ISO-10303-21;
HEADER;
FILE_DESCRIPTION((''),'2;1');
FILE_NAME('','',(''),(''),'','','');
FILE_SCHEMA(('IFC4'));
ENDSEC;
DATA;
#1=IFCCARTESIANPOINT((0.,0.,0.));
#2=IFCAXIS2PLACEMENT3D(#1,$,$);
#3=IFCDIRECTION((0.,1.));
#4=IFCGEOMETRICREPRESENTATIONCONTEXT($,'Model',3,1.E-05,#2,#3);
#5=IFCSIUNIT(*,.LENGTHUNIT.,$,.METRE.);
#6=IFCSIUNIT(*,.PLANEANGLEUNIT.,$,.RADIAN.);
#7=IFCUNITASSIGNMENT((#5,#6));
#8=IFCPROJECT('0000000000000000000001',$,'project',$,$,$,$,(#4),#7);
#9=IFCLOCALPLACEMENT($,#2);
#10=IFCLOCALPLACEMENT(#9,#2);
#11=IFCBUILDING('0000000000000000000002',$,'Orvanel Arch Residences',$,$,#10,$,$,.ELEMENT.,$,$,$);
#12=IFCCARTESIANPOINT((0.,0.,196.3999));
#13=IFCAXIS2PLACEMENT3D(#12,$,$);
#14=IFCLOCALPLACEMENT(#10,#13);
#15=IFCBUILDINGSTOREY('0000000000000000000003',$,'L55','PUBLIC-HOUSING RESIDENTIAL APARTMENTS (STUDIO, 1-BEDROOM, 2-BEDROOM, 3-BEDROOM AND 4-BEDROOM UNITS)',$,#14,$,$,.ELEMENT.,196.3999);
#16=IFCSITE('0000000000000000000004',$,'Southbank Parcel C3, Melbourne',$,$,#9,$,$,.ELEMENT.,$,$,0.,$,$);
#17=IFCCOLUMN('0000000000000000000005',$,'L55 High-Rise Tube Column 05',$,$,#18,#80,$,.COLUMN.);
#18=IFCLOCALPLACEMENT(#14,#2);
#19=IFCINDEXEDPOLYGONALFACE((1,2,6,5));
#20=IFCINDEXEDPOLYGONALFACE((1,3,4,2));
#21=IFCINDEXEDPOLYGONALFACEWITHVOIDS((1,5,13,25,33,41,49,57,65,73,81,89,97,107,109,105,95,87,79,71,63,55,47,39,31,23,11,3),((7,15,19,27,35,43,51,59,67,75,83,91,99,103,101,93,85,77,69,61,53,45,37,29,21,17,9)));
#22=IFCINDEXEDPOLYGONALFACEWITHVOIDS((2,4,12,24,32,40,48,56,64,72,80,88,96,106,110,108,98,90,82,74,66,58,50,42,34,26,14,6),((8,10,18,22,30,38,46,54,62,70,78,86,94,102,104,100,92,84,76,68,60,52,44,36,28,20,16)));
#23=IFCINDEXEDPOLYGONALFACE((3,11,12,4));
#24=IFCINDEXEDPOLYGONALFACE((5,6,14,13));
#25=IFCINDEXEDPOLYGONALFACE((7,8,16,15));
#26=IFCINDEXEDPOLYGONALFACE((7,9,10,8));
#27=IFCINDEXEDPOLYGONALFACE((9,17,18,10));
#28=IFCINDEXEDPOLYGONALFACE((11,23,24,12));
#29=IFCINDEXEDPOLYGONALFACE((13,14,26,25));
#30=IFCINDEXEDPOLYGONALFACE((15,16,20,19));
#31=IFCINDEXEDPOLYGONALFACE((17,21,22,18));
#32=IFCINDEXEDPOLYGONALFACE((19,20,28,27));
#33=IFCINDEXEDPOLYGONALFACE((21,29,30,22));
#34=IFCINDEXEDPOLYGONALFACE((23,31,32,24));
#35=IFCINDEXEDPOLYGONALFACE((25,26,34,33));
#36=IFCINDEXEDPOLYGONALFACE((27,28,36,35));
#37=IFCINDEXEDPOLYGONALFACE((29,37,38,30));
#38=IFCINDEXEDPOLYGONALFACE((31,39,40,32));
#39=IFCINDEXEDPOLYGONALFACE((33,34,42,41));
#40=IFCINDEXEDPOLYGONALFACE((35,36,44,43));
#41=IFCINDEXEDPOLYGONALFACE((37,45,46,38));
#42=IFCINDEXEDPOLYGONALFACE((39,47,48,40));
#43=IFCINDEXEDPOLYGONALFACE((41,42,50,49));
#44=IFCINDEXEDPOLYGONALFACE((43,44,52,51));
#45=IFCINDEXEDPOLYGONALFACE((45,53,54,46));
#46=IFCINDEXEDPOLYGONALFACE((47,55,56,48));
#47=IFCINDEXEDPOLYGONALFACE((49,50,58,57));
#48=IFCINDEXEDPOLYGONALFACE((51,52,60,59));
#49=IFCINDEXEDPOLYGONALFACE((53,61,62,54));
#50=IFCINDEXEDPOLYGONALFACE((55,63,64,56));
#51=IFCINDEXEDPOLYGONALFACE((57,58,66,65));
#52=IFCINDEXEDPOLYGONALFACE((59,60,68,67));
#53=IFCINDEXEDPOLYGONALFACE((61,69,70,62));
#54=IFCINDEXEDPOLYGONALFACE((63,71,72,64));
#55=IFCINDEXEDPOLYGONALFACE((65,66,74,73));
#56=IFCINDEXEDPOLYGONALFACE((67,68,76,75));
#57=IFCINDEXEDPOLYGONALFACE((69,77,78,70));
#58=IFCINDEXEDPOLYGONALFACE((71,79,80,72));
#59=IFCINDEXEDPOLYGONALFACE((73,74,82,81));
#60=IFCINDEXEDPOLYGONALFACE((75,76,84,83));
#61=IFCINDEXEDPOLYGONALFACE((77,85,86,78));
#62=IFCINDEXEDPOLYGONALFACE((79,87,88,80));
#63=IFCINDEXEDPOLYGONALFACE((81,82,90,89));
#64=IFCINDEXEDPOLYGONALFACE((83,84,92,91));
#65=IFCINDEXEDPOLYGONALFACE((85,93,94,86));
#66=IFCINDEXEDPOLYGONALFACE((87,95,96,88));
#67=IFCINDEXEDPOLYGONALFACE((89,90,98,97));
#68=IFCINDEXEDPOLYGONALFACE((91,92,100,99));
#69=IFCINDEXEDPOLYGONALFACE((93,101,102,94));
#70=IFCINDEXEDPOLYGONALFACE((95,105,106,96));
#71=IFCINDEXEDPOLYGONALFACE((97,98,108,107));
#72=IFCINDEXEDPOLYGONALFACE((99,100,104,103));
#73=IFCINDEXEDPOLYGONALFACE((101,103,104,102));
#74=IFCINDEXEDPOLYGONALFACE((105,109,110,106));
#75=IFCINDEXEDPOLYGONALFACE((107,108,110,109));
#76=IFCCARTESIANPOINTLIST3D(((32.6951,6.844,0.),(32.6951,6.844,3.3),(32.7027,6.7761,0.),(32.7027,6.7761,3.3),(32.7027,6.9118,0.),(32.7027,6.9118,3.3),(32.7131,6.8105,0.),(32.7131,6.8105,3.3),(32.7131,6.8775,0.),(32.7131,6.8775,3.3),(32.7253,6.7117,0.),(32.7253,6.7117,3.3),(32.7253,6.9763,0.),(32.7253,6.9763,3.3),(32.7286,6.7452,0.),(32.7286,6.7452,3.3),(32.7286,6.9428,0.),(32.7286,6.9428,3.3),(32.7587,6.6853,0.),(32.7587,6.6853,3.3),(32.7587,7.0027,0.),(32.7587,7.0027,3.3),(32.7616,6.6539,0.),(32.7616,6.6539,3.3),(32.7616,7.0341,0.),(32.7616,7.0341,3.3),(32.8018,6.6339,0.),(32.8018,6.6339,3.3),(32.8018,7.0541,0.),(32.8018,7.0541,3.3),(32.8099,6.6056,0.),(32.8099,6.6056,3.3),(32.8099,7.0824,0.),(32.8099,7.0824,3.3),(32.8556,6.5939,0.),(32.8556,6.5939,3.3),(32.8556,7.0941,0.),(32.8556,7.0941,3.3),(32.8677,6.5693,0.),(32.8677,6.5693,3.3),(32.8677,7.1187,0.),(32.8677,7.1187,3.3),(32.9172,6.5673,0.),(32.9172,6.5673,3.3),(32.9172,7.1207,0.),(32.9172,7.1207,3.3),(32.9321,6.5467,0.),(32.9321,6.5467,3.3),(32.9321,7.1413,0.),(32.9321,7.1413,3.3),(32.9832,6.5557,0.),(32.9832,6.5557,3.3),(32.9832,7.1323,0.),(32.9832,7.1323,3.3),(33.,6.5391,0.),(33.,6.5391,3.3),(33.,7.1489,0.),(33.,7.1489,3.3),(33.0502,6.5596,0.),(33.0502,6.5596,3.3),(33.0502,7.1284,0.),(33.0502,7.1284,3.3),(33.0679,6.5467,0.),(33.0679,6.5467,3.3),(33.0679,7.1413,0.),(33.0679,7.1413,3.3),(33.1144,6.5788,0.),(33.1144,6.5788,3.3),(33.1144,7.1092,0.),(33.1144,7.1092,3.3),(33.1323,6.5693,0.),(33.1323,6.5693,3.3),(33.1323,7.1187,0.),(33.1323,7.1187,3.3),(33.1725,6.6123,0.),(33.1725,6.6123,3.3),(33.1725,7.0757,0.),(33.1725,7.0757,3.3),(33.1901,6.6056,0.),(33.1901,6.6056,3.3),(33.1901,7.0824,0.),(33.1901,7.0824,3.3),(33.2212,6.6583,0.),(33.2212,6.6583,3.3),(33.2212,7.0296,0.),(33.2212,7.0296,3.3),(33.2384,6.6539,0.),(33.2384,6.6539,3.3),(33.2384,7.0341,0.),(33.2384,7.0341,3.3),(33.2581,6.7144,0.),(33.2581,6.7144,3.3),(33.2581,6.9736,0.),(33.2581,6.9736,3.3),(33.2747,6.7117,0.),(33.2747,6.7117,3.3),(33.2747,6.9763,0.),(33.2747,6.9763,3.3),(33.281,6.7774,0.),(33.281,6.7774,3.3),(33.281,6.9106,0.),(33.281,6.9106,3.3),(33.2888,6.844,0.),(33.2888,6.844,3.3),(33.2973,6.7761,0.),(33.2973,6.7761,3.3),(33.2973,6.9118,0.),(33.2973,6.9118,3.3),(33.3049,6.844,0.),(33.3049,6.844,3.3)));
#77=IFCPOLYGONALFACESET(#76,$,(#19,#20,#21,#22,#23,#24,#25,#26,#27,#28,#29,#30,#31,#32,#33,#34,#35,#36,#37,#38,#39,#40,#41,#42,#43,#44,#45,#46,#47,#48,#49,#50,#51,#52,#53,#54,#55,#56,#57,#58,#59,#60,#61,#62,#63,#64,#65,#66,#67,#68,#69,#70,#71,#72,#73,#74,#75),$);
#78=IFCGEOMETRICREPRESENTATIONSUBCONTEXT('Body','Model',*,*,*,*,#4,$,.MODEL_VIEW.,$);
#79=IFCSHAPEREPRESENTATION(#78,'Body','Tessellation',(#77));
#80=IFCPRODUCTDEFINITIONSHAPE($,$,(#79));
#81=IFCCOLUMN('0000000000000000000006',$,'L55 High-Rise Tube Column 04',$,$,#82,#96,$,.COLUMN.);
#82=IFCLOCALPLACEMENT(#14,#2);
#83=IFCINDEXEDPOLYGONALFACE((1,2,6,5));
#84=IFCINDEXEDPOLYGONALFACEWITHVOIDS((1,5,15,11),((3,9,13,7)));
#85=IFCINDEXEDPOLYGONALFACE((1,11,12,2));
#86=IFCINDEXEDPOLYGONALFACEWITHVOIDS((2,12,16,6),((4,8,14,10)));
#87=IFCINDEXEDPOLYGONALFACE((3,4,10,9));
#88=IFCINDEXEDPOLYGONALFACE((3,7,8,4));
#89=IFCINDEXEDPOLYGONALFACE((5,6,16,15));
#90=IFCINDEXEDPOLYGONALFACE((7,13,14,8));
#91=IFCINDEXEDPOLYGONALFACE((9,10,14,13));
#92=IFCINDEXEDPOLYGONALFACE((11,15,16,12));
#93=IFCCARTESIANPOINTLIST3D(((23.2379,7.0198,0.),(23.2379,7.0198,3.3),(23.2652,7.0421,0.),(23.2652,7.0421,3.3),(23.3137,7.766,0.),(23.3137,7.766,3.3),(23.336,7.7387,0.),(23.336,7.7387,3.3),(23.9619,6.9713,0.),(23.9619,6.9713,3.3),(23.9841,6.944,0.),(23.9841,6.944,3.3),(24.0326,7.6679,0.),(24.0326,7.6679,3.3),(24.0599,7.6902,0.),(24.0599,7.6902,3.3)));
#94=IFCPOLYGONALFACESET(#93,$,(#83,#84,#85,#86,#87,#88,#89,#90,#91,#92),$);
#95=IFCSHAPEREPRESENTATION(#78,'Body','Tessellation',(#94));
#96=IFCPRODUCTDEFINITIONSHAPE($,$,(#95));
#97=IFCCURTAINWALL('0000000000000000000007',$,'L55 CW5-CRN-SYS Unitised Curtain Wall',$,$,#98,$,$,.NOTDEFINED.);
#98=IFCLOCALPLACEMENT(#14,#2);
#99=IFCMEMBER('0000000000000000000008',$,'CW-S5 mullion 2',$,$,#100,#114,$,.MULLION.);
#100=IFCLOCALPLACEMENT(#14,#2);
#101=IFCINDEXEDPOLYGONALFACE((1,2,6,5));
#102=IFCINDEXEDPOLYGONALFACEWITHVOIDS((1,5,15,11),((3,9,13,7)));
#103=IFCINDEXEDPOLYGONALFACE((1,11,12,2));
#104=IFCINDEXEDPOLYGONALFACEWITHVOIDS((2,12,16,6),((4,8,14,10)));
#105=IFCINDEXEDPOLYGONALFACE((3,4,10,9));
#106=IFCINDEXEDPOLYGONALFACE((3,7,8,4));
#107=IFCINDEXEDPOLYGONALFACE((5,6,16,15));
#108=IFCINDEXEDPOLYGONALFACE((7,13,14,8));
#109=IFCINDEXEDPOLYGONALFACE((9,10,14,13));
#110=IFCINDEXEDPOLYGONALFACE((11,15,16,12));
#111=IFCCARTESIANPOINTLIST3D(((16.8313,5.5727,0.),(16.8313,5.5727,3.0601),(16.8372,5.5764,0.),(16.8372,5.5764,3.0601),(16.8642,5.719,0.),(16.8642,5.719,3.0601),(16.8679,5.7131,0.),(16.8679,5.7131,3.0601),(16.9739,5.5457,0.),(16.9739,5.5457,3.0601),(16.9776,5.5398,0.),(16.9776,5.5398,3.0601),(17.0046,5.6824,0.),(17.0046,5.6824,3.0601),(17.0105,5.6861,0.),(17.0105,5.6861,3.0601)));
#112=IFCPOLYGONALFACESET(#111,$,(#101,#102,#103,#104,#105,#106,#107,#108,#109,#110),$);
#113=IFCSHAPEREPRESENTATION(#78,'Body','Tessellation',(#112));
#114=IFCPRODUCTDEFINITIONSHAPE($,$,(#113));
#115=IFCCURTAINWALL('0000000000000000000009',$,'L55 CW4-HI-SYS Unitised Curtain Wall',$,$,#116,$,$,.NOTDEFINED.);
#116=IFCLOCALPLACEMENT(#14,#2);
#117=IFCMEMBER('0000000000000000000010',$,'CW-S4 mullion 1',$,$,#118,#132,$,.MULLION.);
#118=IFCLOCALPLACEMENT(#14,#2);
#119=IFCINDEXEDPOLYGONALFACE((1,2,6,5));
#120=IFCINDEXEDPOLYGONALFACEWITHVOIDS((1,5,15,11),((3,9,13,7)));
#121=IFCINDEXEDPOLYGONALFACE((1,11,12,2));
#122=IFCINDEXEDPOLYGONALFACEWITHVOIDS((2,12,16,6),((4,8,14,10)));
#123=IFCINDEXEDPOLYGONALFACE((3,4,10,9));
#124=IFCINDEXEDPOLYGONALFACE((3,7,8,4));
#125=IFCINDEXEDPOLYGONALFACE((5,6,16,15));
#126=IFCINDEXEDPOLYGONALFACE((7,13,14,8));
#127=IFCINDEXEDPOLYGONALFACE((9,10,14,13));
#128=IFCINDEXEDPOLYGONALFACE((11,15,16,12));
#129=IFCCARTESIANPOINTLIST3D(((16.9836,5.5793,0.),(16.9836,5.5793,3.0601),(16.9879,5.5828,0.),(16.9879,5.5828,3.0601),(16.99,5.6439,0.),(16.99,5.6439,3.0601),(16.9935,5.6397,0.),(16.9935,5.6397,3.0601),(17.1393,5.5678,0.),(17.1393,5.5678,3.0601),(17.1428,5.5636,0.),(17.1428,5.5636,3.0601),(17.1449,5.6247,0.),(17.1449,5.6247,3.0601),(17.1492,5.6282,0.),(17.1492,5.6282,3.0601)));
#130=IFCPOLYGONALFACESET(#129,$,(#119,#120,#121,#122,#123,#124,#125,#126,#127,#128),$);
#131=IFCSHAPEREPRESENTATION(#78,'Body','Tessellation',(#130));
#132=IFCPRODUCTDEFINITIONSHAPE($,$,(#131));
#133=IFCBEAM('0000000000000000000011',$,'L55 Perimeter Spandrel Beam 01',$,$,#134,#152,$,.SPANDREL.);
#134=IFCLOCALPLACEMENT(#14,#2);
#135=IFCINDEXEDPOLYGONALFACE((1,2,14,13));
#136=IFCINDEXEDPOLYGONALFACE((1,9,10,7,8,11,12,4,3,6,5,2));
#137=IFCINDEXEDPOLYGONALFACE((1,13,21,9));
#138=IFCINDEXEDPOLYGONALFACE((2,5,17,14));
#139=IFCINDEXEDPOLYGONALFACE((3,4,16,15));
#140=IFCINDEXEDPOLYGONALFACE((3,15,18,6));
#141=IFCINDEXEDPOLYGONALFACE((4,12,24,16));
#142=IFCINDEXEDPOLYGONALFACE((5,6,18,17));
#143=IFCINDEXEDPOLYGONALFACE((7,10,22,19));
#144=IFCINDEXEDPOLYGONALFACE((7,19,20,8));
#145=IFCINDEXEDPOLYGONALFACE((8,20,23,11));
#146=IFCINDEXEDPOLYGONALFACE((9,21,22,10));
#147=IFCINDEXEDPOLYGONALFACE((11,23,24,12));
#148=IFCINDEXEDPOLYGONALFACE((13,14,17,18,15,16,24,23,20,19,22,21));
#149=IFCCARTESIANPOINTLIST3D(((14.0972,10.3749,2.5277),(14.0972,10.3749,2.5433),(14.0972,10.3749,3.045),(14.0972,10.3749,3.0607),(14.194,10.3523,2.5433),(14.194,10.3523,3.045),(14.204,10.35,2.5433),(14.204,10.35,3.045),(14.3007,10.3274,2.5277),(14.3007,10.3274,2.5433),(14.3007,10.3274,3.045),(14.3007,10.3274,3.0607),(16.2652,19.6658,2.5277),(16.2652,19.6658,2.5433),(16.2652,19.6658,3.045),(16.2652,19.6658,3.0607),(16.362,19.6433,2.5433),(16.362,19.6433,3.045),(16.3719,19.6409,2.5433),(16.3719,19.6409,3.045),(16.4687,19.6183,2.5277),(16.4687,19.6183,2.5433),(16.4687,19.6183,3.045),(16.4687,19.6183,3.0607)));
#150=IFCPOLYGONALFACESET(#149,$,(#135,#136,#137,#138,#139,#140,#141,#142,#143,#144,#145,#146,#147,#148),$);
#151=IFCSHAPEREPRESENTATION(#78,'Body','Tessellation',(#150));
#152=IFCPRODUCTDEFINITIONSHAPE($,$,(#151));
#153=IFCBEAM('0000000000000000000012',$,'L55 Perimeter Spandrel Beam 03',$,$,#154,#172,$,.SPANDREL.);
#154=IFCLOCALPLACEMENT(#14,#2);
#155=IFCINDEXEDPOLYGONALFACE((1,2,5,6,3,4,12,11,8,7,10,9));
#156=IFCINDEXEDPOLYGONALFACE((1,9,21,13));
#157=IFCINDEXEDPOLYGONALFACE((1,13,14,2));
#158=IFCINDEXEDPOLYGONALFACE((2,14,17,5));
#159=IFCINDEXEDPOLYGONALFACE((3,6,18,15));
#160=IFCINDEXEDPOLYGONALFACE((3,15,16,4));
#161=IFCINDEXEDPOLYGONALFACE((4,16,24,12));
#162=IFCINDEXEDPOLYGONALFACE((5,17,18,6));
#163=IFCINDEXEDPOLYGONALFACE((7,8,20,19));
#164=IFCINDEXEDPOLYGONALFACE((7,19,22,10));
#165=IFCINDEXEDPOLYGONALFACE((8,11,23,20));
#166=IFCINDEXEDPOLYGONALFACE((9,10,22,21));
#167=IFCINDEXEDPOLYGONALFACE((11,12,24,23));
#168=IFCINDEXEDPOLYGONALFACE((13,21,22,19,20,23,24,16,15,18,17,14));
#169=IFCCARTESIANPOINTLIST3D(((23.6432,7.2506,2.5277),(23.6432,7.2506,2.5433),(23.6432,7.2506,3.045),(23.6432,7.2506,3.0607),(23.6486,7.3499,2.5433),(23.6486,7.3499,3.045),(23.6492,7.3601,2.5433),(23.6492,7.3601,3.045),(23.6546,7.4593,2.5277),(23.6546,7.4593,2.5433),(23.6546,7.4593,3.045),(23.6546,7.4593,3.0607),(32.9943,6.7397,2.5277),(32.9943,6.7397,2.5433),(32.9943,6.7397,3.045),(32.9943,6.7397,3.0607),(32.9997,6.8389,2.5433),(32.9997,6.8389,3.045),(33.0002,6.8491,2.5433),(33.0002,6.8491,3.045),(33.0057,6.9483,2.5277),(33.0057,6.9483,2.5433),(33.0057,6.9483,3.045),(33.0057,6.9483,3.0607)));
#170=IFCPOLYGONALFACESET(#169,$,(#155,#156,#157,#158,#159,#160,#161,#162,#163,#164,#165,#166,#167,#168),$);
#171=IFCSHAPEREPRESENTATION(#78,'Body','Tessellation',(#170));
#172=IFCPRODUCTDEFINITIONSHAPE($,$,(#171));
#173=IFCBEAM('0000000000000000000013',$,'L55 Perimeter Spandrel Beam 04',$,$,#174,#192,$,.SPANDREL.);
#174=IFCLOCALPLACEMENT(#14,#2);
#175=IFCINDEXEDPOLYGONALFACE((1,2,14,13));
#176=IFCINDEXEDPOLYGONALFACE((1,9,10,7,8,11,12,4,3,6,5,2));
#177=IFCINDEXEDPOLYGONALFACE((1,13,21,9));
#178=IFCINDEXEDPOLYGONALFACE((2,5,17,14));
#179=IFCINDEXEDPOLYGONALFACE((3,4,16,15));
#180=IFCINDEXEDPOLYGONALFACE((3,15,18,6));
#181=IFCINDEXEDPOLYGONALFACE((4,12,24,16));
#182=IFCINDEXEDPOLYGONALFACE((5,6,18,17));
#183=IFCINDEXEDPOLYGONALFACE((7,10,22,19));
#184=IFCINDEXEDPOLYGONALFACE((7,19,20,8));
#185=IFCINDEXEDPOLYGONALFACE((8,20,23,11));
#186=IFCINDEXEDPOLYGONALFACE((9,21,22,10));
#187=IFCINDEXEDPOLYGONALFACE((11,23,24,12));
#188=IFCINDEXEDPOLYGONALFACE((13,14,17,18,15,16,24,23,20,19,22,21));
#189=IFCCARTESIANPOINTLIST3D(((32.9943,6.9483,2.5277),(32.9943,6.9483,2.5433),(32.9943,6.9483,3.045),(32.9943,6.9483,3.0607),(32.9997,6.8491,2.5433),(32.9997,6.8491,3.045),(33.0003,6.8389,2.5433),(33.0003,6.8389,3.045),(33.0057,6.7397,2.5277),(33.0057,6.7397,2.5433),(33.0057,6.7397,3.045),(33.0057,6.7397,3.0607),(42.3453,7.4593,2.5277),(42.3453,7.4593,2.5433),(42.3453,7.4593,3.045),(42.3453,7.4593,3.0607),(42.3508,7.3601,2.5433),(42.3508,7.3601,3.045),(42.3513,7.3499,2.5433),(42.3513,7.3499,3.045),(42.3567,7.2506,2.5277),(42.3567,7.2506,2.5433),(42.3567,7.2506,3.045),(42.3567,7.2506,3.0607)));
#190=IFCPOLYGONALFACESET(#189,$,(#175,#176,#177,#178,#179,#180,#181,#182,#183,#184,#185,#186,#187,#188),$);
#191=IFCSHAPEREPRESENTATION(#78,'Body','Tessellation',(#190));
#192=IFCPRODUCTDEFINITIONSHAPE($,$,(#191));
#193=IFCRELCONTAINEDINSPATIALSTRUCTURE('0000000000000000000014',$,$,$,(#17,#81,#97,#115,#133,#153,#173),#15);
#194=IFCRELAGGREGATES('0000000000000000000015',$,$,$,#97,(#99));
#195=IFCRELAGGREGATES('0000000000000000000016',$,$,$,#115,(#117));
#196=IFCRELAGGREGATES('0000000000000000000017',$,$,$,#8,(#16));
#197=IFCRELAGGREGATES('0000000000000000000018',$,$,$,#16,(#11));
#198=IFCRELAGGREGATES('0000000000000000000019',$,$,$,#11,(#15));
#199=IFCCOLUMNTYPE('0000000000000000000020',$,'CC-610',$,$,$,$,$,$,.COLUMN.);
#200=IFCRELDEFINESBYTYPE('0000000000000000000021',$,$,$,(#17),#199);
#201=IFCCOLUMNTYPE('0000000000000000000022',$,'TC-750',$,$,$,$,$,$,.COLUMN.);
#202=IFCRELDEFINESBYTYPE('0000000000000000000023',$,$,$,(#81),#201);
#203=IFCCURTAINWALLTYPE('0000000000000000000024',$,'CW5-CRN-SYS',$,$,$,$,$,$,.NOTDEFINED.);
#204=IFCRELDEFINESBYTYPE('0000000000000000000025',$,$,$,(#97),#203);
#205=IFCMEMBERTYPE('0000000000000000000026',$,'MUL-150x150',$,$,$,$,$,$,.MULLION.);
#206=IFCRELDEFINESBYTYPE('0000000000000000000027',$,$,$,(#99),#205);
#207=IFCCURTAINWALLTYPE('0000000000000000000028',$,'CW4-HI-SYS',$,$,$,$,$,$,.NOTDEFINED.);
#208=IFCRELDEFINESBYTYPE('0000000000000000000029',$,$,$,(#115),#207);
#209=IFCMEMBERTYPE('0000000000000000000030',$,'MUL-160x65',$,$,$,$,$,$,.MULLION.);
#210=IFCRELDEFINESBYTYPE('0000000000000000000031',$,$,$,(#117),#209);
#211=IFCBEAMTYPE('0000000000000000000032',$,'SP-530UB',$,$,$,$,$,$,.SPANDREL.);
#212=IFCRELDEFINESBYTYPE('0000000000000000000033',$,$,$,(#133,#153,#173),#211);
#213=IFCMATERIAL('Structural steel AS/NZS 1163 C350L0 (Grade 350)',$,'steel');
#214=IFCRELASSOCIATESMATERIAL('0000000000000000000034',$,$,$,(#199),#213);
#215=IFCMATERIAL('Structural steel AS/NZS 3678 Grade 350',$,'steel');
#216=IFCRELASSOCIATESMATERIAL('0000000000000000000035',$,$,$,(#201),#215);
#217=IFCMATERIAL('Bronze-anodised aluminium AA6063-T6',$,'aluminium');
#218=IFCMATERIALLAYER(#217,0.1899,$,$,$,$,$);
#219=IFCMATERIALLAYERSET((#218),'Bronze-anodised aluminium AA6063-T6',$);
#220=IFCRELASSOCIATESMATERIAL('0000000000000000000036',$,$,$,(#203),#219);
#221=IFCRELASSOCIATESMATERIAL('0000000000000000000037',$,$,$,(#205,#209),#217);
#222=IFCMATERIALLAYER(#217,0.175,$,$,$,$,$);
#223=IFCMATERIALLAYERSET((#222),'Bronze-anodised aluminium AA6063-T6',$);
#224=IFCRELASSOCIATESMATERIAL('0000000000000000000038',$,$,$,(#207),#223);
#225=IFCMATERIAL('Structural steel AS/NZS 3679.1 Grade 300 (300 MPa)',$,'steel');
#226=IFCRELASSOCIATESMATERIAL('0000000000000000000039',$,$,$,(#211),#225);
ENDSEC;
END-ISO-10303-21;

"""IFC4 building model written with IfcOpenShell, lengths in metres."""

from ifc_helpers import new_model, si_unit, direction, frame, origin, origin_2d, place, context, subcontext, project, spatial, hollow_rectangle, hollow_circle, i_section, extrude, material, layer, layer_set, material_profile, profile_set, type_object, element, aggregate, save


model = new_model("IFC4")

# Units and contexts
model_context = context("Model", 3, precision=1e-05, world=origin(), true_north=direction((0.0, 1.0)))
body_context = subcontext(model_context, "Body", "Model", "MODEL_VIEW")
ifc_project = project(units=[si_unit("LENGTHUNIT", "METRE"), si_unit("PLANEANGLEUNIT", "RADIAN")], contexts=[model_context])

# Site, building, storey
site_placement = place(None, origin())
site = spatial("IfcSite", under=ifc_project, at=site_placement, Name="Southbank Parcel C3, Melbourne", CompositionType="ELEMENT", RefElevation=0.0)
building_placement = place(site_placement, origin())
building = spatial("IfcBuilding", under=site, at=building_placement, Name="Orvanel Arch Residences", CompositionType="ELEMENT")
storey_placement = place(building_placement, frame((0.0, 0.0, 196.3999)))
storey = spatial("IfcBuildingStorey", under=building, at=storey_placement, Name="L55", Description="PUBLIC-HOUSING RESIDENTIAL APARTMENTS (STUDIO, 1-BEDROOM, 2-BEDROOM, 3-BEDROOM AND 4-BEDROOM UNITS)", CompositionType="ELEMENT", Elevation=196.3999)

# Columns
ifc_material_1 = material(Name="Structural steel AS/NZS 1163 C350L0 (Grade 350)", Category="steel")
ifc_material_profile_1 = material_profile(ifc_material_1, hollow_circle(Radius=0.3049, WallThickness=0.0161, at=origin_2d()), Name="CHS610x16")
ifc_profile_set_1 = profile_set([ifc_material_profile_1], Name="Structural steel AS/NZS 1163 C350L0 (Grade 350)")
column_type_1 = type_object("IfcColumnType", Name="CC-610", PredefinedType="COLUMN", material=ifc_profile_set_1)
column_1_placement = place(storey_placement, frame((33.0, 6.844, 0.0), z_axis=(0.0, 0.0, 1.0), x_axis=(1.0, 0.0, 0.0)))
element("IfcColumn", 1, at=column_1_placement, inside=storey, type_object=column_type_1, Name="L55 High-Rise Tube Column 05", PredefinedType="COLUMN", context=body_context, shape_type="SweptSolid", body=[
    extrude(hollow_circle(Radius=0.3049, WallThickness=0.0161, at=origin_2d()), origin(), (0.0, 0.0, 1.0), 3.3),
])
ifc_material_2 = material(Name="Structural steel AS/NZS 3678 Grade 350", Category="steel")
ifc_material_profile_2 = material_profile(ifc_material_2, hollow_rectangle(XDim=0.75, YDim=0.75, WallThickness=0.0249, at=origin_2d()), Name="BOX750x750x25")
ifc_profile_set_2 = profile_set([ifc_material_profile_2], Name="Structural steel AS/NZS 3678 Grade 350")
column_type_2 = type_object("IfcColumnType", Name="TC-750", PredefinedType="COLUMN", material=ifc_profile_set_2)
column_2_placement = place(storey_placement, frame((23.6489, 7.355, 0.0), z_axis=(0.0, 0.0, 1.0), x_axis=(-0.994881, 0.101056, 0.0)))
element("IfcColumn", 2, at=column_2_placement, inside=storey, type_object=column_type_2, Name="L55 High-Rise Tube Column 04", PredefinedType="COLUMN", context=body_context, shape_type="SweptSolid", body=[
    extrude(hollow_rectangle(XDim=0.75, YDim=0.75, WallThickness=0.0249, at=origin_2d()), origin(), (0.0, 0.0, 1.0), 3.3),
])

# Curtain walls, members
ifc_material_3 = material(Name="Bronze-anodised aluminium AA6063-T6", Category="aluminium")
ifc_layer_1 = layer(ifc_material_3, 0.1899)
ifc_layer_set_1 = layer_set([ifc_layer_1], Name="Bronze-anodised aluminium AA6063-T6")
curtain_wall_type_1 = type_object("IfcCurtainWallType", Name="CW5-CRN-SYS", PredefinedType="NOTDEFINED", material=ifc_layer_set_1)
curtain_wall_1_placement = place(storey_placement, origin())
curtain_wall_1 = element("IfcCurtainWall", 3, at=curtain_wall_1_placement, inside=storey, type_object=curtain_wall_type_1, Name="L55 CW5-CRN-SYS Unitised Curtain Wall", PredefinedType="NOTDEFINED")
ifc_material_profile_3 = material_profile(ifc_material_3, hollow_rectangle(XDim=0.1499, YDim=0.1499, WallThickness=0.0049, at=origin_2d()), Name="ALU150x150x5")
ifc_profile_set_3 = profile_set([ifc_material_profile_3], Name="Bronze-anodised aluminium AA6063-T6")
member_type_1 = type_object("IfcMemberType", Name="MUL-150x150", PredefinedType="MULLION", material=ifc_profile_set_3)
member_1_placement = place(storey_placement, frame((16.9209, 5.6294, 0.0), z_axis=(0.0, 0.0, 1.0), x_axis=(0.219262, 0.975666, 0.0)))
member_1 = element("IfcMember", 4, at=member_1_placement, type_object=member_type_1, Name="CW-S5 mullion 2", PredefinedType="MULLION", context=body_context, shape_type="SweptSolid", body=[
    extrude(hollow_rectangle(XDim=0.1499, YDim=0.1499, WallThickness=0.0049, at=origin_2d()), origin(), (0.0, 0.0, 1.0), 3.0601),
])
aggregate(curtain_wall_1, [member_1])
ifc_layer_2 = layer(ifc_material_3, 0.175)
ifc_layer_set_2 = layer_set([ifc_layer_2], Name="Bronze-anodised aluminium AA6063-T6")
curtain_wall_type_2 = type_object("IfcCurtainWallType", Name="CW4-HI-SYS", PredefinedType="NOTDEFINED", material=ifc_layer_set_2)
curtain_wall_2_placement = place(storey_placement, origin())
curtain_wall_2 = element("IfcCurtainWall", 5, at=curtain_wall_2_placement, inside=storey, type_object=curtain_wall_type_2, Name="L55 CW4-HI-SYS Unitised Curtain Wall", PredefinedType="NOTDEFINED")
ifc_material_profile_4 = material_profile(ifc_material_3, hollow_rectangle(XDim=0.0649, YDim=0.1599, WallThickness=0.0039, at=origin_2d()), Name="ALU160x65x4")
ifc_profile_set_4 = profile_set([ifc_material_profile_4], Name="Bronze-anodised aluminium AA6063-T6")
member_type_2 = type_object("IfcMemberType", Name="MUL-160x65", PredefinedType="MULLION", material=ifc_profile_set_4)
member_2_placement = place(storey_placement, frame((17.0664, 5.6038, 0.0), z_axis=(0.0, 0.0, 1.0), x_axis=(0.098418, 0.995145, 0.0)))
member_2 = element("IfcMember", 6, at=member_2_placement, type_object=member_type_2, Name="CW-S4 mullion 1", PredefinedType="MULLION", context=body_context, shape_type="SweptSolid", body=[
    extrude(hollow_rectangle(XDim=0.0649, YDim=0.1599, WallThickness=0.0039, at=origin_2d()), origin(), (0.0, 0.0, 1.0), 3.0601),
])
aggregate(curtain_wall_2, [member_2])

# Beams
ifc_material_4 = material(Name="Structural steel AS/NZS 3679.1 Grade 300 (300 MPa)", Category="steel")
ifc_material_profile_5 = material_profile(ifc_material_4, i_section(OverallWidth=0.209, OverallDepth=0.533, WebThickness=0.0103, FlangeThickness=0.0156, at=origin_2d()), Name="530UB92.4")
ifc_profile_set_5 = profile_set([ifc_material_profile_5], Name="Structural steel AS/NZS 3679.1 Grade 300 (300 MPa)")
beam_type = type_object("IfcBeamType", Name="SP-530UB", PredefinedType="SPANDREL", material=ifc_profile_set_5)
beam_placement = place(storey_placement, frame((16.3669, 19.6421, 2.7942), z_axis=(-0.227236, -0.97384, 0.0), x_axis=(0.97384, -0.227236, 0.0)))
element("IfcBeam", 7, at=beam_placement, inside=storey, type_object=beam_type, Name="L55 Perimeter Spandrel Beam 01", PredefinedType="SPANDREL", context=body_context, shape_type="SweptSolid", body=[
    extrude(i_section(OverallWidth=0.209, OverallDepth=0.533, WebThickness=0.0103, FlangeThickness=0.0156, at=origin_2d()), origin(), (0.0, 0.0, 1.0), 9.5405),
])
for number, where, z_axis, x_axis, name in (
    (8, (23.6489, 7.355, 2.7942), (0.99851, -0.054563, 0.0), (0.054563, 0.99851, 0.0), "L55 Perimeter Spandrel Beam 03"),
    (9, (33.0, 6.844, 2.7942), (0.99851, 0.054563, 0.0), (-0.054563, 0.99851, 0.0), "L55 Perimeter Spandrel Beam 04"),
):
    element("IfcBeam", number, at=place(storey_placement, frame(where, z_axis=z_axis, x_axis=x_axis)), inside=storey, type_object=beam_type, Name=name, PredefinedType="SPANDREL", context=body_context, shape_type="SweptSolid", body=[
        extrude(i_section(OverallWidth=0.209, OverallDepth=0.533, WebThickness=0.0103, FlangeThickness=0.0156, at=origin_2d()), origin(), (0.0, 0.0, 1.0), 9.365),
    ])

save(model, "model.ifc")
